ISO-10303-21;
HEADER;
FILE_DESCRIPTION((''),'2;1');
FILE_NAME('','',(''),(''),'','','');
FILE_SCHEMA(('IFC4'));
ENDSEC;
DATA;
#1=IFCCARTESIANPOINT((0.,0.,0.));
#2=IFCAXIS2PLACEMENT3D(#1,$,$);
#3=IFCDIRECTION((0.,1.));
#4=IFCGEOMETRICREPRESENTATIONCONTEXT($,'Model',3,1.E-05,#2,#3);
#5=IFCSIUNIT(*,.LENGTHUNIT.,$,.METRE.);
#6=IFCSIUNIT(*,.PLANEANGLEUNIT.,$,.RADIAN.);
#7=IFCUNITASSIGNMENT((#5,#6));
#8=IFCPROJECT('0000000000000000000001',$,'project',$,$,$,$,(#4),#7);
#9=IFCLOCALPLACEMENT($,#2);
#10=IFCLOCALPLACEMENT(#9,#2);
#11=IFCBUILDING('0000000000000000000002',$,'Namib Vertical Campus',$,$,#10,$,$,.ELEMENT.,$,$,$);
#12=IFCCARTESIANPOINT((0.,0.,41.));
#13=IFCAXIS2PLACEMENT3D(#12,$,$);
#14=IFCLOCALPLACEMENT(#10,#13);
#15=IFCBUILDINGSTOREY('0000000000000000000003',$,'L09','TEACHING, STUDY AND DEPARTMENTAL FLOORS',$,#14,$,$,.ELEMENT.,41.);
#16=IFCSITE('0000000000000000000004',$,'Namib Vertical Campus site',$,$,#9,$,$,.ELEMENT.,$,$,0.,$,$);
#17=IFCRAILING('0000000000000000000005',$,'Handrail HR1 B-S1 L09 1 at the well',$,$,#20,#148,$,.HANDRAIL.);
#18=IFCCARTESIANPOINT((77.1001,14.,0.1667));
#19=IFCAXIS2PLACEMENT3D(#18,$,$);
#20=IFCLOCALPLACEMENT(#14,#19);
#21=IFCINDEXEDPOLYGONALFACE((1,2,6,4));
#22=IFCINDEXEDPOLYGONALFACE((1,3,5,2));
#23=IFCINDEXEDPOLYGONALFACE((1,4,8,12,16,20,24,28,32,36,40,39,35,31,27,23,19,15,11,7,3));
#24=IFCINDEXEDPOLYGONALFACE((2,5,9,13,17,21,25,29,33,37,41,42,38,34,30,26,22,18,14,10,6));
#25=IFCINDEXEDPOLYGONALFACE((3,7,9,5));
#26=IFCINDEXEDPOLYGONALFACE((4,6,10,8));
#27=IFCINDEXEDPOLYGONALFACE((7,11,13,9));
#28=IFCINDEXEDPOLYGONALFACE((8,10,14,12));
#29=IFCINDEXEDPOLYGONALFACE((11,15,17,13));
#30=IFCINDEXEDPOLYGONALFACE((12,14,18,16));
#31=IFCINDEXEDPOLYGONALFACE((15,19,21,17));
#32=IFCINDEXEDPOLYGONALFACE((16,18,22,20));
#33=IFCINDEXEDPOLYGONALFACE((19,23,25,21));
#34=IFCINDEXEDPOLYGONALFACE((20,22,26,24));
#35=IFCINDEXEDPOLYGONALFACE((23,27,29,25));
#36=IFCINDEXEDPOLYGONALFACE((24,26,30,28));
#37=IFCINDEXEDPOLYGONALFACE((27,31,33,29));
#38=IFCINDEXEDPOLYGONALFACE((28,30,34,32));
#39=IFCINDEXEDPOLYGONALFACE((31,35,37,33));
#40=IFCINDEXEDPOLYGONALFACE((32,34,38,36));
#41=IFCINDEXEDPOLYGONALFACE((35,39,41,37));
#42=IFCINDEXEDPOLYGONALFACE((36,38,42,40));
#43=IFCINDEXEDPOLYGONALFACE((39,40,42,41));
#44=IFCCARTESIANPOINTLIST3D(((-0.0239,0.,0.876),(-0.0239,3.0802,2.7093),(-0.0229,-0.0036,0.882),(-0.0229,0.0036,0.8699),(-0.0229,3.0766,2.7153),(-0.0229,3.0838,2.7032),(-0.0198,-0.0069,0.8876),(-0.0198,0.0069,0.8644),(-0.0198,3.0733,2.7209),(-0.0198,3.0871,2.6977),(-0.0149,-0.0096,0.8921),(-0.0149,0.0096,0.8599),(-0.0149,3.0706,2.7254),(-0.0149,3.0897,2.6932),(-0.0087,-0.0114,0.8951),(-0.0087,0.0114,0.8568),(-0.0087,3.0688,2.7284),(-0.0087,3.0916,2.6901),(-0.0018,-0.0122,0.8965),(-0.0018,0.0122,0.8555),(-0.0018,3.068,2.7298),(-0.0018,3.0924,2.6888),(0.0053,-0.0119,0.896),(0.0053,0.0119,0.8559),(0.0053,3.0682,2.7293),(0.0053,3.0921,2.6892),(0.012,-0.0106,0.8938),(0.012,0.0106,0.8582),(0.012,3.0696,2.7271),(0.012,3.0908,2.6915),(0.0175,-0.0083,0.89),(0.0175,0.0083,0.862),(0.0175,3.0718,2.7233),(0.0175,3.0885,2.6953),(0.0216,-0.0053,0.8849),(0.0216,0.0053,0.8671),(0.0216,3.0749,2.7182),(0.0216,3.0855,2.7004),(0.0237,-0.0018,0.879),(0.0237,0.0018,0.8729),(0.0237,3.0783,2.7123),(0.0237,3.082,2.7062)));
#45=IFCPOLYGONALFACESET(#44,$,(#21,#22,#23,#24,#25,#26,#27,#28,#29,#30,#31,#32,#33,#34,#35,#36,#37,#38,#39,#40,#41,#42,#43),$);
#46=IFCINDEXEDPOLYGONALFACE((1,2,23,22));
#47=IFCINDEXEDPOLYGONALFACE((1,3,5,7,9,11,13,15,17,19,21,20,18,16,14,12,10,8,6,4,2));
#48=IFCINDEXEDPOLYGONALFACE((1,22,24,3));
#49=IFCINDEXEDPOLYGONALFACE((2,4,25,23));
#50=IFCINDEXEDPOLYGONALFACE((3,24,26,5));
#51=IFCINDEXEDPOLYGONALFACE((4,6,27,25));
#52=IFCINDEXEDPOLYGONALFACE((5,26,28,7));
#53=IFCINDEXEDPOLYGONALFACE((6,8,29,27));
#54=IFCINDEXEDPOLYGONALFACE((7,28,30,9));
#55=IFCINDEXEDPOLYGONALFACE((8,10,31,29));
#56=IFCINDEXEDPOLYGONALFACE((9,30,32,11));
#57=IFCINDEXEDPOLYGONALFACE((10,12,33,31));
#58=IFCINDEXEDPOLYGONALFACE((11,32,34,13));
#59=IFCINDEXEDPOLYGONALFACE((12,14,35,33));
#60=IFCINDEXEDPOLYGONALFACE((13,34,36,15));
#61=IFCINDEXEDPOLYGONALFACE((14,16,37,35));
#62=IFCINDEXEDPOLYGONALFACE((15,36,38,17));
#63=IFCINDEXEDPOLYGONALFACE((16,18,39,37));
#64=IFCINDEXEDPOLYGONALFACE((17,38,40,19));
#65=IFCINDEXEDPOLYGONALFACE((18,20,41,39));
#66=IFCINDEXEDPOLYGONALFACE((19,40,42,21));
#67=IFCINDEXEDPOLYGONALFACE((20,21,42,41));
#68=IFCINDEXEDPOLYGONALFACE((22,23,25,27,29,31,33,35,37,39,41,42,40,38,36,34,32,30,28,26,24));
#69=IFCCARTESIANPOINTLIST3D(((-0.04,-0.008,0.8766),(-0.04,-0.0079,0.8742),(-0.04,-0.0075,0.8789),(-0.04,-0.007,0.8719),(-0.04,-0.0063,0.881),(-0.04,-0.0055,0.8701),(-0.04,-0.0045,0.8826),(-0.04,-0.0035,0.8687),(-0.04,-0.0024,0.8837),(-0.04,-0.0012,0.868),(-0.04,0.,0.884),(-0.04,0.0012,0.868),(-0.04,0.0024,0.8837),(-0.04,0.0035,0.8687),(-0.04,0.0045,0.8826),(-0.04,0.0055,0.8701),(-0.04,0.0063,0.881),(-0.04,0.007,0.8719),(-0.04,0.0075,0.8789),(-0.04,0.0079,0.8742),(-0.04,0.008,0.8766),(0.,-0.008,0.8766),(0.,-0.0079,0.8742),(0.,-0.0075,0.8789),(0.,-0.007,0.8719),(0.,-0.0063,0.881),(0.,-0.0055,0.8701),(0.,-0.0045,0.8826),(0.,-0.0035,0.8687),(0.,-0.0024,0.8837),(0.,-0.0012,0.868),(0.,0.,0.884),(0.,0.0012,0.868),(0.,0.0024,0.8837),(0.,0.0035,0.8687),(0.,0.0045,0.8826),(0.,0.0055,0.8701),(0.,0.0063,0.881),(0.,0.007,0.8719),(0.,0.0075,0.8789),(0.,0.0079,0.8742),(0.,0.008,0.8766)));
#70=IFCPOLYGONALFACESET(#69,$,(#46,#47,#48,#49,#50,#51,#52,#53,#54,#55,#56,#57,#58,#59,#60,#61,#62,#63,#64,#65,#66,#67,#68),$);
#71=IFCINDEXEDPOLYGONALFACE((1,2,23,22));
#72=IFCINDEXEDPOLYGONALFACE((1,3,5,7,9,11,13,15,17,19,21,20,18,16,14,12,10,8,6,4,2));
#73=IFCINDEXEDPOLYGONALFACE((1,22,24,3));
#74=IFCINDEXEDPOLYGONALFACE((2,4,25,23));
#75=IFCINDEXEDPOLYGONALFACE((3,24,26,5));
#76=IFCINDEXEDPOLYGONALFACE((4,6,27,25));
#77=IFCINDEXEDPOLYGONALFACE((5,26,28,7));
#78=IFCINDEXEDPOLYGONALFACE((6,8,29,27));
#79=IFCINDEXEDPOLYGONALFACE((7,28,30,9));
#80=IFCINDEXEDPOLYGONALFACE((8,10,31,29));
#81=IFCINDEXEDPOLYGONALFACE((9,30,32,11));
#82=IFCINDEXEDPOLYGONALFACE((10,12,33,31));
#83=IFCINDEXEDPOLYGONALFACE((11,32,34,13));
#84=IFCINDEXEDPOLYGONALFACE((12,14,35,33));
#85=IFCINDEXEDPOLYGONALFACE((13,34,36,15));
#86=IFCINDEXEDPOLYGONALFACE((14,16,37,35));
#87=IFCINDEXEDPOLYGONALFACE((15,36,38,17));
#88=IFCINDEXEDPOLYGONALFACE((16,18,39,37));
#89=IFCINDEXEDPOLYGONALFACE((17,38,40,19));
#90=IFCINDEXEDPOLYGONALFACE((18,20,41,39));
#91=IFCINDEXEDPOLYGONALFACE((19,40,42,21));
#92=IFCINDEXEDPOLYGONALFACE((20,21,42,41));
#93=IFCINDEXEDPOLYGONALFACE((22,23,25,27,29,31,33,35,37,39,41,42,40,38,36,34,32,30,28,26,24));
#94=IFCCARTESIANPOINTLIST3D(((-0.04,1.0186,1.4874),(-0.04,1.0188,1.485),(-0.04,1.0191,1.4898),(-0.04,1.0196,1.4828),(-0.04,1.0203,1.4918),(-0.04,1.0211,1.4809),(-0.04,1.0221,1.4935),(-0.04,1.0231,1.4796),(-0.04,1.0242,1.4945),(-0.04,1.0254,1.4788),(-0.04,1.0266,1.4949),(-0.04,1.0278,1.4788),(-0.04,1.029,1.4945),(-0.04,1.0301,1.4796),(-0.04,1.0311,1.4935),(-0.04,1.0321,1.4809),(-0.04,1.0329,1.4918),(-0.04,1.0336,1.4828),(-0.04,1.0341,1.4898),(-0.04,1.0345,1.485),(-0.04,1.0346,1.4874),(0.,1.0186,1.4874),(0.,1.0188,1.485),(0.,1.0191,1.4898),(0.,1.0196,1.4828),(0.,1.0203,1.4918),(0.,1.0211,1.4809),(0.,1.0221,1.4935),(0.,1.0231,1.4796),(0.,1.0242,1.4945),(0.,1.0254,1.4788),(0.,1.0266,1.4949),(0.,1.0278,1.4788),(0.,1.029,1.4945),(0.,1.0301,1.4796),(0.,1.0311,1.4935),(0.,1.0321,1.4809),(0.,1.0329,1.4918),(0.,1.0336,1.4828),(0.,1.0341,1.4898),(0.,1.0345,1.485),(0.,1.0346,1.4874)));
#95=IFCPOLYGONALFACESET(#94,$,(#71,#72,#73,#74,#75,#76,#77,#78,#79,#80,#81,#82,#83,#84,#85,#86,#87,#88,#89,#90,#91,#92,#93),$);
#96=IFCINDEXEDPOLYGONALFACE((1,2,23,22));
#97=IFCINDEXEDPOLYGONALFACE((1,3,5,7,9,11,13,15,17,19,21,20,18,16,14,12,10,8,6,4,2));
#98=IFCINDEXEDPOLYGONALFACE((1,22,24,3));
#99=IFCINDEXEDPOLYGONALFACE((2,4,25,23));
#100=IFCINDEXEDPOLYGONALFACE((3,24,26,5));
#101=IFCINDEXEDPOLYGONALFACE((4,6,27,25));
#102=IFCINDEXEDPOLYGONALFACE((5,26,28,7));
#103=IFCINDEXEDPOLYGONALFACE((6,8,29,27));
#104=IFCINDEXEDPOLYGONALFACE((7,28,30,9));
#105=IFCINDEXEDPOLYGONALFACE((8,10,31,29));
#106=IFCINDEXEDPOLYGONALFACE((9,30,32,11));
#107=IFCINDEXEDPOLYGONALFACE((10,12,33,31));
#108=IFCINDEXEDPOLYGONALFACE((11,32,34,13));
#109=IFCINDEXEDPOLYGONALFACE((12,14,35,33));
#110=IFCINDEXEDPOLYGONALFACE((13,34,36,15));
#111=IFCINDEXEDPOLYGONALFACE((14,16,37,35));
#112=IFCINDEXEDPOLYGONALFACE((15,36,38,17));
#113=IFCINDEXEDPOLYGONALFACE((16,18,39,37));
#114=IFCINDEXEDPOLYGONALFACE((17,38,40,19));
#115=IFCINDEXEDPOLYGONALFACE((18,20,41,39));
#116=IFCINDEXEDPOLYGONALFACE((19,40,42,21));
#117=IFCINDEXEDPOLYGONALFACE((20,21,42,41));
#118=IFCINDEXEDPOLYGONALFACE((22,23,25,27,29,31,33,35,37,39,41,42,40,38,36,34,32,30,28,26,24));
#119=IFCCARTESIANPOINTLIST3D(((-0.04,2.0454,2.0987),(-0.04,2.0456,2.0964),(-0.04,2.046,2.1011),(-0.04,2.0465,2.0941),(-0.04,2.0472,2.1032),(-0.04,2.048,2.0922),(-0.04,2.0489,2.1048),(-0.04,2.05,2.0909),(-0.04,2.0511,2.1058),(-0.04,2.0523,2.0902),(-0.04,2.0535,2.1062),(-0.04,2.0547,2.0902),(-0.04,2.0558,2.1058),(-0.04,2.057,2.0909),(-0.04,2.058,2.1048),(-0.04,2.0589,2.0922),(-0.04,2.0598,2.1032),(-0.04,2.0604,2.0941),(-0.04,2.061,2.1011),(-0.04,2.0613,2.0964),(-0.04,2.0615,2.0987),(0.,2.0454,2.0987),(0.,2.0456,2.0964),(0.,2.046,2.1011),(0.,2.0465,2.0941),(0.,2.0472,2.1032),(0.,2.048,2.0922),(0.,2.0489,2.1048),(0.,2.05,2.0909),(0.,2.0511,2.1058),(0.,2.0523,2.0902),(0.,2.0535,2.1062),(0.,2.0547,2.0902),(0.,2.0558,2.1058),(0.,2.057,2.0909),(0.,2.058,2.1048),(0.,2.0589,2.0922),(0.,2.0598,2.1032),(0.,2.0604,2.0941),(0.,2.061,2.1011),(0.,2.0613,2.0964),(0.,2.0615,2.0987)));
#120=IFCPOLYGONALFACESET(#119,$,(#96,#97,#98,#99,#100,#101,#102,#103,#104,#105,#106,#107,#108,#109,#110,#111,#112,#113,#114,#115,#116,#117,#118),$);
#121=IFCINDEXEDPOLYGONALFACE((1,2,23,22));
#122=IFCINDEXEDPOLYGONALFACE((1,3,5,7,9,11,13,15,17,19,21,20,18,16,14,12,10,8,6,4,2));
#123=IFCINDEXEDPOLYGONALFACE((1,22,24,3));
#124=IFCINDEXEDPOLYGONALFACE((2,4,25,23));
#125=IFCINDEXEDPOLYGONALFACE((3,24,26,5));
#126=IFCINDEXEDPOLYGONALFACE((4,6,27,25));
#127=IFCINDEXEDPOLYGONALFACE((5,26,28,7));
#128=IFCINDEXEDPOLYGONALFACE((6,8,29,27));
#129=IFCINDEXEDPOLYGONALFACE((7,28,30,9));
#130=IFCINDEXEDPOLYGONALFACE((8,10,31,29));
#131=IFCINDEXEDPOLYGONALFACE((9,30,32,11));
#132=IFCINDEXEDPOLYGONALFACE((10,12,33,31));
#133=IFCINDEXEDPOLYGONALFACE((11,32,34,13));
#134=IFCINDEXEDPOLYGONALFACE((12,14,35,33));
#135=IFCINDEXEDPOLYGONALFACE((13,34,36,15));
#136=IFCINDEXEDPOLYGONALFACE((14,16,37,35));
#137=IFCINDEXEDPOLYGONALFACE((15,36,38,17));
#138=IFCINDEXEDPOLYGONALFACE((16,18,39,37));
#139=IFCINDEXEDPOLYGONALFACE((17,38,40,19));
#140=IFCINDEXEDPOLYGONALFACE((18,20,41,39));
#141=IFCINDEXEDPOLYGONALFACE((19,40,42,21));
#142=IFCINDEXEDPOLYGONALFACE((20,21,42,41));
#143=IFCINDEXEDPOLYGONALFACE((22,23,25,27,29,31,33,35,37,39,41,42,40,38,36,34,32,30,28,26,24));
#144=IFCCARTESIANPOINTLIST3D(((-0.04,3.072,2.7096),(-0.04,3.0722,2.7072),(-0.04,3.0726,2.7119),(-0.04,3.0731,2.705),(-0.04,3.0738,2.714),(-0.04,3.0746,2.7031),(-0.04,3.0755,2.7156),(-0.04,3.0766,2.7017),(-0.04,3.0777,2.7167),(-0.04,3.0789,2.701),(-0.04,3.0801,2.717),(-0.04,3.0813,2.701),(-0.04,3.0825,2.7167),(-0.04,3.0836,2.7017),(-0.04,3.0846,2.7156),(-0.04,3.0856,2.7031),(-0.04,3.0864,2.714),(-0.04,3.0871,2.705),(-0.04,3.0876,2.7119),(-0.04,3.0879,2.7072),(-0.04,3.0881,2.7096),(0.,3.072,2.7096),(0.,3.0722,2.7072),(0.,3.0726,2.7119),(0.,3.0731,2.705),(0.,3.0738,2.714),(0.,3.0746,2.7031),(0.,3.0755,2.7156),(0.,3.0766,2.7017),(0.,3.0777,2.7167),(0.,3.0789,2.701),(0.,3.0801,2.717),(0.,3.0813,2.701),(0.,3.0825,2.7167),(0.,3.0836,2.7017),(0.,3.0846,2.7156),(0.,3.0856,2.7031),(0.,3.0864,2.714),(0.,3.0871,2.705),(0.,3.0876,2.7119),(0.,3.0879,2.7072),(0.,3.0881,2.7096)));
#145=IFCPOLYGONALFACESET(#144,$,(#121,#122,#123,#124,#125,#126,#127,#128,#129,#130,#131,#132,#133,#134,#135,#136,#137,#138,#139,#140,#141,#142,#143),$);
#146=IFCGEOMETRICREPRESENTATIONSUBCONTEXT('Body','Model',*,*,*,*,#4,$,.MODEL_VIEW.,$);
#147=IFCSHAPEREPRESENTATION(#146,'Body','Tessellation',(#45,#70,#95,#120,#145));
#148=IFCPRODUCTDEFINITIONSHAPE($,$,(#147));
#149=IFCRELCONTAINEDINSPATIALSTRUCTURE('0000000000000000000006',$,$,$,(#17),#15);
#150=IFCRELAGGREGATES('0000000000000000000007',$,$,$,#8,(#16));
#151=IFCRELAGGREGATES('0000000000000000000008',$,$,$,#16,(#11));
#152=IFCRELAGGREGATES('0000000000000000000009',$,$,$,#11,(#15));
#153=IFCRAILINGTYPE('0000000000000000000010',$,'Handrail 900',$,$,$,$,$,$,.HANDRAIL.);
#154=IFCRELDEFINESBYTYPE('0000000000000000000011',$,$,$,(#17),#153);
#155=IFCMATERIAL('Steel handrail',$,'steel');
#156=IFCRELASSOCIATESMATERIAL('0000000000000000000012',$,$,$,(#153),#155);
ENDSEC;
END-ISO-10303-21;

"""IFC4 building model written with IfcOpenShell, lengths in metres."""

from ifc_helpers import new_model, si_unit, direction, frame, origin, origin_2d, place, context, subcontext, project, spatial, circle, extrude, material, type_object, element, save


model = new_model("IFC4")

# Units and contexts
model_context = context("Model", 3, precision=1e-05, world=origin(), true_north=direction((0.0, 1.0)))
body_context = subcontext(model_context, "Body", "Model", "MODEL_VIEW")
ifc_project = project(units=[si_unit("LENGTHUNIT", "METRE"), si_unit("PLANEANGLEUNIT", "RADIAN")], contexts=[model_context])

# Site, building, storey
site_placement = place(None, origin())
site = spatial("IfcSite", under=ifc_project, at=site_placement, Name="Namib Vertical Campus site", CompositionType="ELEMENT", RefElevation=0.0)
building_placement = place(site_placement, origin())
building = spatial("IfcBuilding", under=site, at=building_placement, Name="Namib Vertical Campus", CompositionType="ELEMENT")
storey_placement = place(building_placement, frame((0.0, 0.0, 41.0)))
storey = spatial("IfcBuildingStorey", under=building, at=storey_placement, Name="L09", Description="TEACHING, STUDY AND DEPARTMENTAL FLOORS", CompositionType="ELEMENT", Elevation=41.0)

# Railing
ifc_material_1 = material(Name="Steel handrail", Category="steel")
railing_type_1 = type_object("IfcRailingType", Name="Handrail 900", PredefinedType="HANDRAIL", material=ifc_material_1)
railing_1_placement = place(storey_placement, frame((77.1001, 14.0, 0.1667)))
element("IfcRailing", 1, at=railing_1_placement, inside=storey, type_object=railing_type_1, Name="Handrail HR1 B-S1 L09 1 at the well", PredefinedType="HANDRAIL", context=body_context, shape_type="SweptSolid", body=[
    extrude(circle(Radius=0.0239, at=origin_2d()), frame((0.0, 0.0, 0.876), z_axis=(0.0, 0.859309, 0.511458), x_axis=(-1.0, 0.0, 0.0)), (0.0, 0.0, 1.0), 3.5845),
    extrude(circle(Radius=0.0081, at=origin_2d()), frame((0.0, 0.0, 0.876), z_axis=(-1.0, 0.0, 0.0), x_axis=(0.0, 0.0, 1.0)), (0.0, 0.0, 1.0), 0.04),
    extrude(circle(Radius=0.0081, at=origin_2d()), frame((0.0, 1.0266, 1.4868), z_axis=(-1.0, 0.0, 0.0), x_axis=(0.0, 0.0, 1.0)), (0.0, 0.0, 1.0), 0.04),
    extrude(circle(Radius=0.0081, at=origin_2d()), frame((0.0, 2.0535, 2.0981), z_axis=(-1.0, 0.0, 0.0), x_axis=(0.0, 0.0, 1.0)), (0.0, 0.0, 1.0), 0.04),
    extrude(circle(Radius=0.0081, at=origin_2d()), frame((0.0, 3.0801, 2.709), z_axis=(-1.0, 0.0, 0.0), x_axis=(0.0, 0.0, 1.0)), (0.0, 0.0, 1.0), 0.04),
])

save(model, "model.ifc")
